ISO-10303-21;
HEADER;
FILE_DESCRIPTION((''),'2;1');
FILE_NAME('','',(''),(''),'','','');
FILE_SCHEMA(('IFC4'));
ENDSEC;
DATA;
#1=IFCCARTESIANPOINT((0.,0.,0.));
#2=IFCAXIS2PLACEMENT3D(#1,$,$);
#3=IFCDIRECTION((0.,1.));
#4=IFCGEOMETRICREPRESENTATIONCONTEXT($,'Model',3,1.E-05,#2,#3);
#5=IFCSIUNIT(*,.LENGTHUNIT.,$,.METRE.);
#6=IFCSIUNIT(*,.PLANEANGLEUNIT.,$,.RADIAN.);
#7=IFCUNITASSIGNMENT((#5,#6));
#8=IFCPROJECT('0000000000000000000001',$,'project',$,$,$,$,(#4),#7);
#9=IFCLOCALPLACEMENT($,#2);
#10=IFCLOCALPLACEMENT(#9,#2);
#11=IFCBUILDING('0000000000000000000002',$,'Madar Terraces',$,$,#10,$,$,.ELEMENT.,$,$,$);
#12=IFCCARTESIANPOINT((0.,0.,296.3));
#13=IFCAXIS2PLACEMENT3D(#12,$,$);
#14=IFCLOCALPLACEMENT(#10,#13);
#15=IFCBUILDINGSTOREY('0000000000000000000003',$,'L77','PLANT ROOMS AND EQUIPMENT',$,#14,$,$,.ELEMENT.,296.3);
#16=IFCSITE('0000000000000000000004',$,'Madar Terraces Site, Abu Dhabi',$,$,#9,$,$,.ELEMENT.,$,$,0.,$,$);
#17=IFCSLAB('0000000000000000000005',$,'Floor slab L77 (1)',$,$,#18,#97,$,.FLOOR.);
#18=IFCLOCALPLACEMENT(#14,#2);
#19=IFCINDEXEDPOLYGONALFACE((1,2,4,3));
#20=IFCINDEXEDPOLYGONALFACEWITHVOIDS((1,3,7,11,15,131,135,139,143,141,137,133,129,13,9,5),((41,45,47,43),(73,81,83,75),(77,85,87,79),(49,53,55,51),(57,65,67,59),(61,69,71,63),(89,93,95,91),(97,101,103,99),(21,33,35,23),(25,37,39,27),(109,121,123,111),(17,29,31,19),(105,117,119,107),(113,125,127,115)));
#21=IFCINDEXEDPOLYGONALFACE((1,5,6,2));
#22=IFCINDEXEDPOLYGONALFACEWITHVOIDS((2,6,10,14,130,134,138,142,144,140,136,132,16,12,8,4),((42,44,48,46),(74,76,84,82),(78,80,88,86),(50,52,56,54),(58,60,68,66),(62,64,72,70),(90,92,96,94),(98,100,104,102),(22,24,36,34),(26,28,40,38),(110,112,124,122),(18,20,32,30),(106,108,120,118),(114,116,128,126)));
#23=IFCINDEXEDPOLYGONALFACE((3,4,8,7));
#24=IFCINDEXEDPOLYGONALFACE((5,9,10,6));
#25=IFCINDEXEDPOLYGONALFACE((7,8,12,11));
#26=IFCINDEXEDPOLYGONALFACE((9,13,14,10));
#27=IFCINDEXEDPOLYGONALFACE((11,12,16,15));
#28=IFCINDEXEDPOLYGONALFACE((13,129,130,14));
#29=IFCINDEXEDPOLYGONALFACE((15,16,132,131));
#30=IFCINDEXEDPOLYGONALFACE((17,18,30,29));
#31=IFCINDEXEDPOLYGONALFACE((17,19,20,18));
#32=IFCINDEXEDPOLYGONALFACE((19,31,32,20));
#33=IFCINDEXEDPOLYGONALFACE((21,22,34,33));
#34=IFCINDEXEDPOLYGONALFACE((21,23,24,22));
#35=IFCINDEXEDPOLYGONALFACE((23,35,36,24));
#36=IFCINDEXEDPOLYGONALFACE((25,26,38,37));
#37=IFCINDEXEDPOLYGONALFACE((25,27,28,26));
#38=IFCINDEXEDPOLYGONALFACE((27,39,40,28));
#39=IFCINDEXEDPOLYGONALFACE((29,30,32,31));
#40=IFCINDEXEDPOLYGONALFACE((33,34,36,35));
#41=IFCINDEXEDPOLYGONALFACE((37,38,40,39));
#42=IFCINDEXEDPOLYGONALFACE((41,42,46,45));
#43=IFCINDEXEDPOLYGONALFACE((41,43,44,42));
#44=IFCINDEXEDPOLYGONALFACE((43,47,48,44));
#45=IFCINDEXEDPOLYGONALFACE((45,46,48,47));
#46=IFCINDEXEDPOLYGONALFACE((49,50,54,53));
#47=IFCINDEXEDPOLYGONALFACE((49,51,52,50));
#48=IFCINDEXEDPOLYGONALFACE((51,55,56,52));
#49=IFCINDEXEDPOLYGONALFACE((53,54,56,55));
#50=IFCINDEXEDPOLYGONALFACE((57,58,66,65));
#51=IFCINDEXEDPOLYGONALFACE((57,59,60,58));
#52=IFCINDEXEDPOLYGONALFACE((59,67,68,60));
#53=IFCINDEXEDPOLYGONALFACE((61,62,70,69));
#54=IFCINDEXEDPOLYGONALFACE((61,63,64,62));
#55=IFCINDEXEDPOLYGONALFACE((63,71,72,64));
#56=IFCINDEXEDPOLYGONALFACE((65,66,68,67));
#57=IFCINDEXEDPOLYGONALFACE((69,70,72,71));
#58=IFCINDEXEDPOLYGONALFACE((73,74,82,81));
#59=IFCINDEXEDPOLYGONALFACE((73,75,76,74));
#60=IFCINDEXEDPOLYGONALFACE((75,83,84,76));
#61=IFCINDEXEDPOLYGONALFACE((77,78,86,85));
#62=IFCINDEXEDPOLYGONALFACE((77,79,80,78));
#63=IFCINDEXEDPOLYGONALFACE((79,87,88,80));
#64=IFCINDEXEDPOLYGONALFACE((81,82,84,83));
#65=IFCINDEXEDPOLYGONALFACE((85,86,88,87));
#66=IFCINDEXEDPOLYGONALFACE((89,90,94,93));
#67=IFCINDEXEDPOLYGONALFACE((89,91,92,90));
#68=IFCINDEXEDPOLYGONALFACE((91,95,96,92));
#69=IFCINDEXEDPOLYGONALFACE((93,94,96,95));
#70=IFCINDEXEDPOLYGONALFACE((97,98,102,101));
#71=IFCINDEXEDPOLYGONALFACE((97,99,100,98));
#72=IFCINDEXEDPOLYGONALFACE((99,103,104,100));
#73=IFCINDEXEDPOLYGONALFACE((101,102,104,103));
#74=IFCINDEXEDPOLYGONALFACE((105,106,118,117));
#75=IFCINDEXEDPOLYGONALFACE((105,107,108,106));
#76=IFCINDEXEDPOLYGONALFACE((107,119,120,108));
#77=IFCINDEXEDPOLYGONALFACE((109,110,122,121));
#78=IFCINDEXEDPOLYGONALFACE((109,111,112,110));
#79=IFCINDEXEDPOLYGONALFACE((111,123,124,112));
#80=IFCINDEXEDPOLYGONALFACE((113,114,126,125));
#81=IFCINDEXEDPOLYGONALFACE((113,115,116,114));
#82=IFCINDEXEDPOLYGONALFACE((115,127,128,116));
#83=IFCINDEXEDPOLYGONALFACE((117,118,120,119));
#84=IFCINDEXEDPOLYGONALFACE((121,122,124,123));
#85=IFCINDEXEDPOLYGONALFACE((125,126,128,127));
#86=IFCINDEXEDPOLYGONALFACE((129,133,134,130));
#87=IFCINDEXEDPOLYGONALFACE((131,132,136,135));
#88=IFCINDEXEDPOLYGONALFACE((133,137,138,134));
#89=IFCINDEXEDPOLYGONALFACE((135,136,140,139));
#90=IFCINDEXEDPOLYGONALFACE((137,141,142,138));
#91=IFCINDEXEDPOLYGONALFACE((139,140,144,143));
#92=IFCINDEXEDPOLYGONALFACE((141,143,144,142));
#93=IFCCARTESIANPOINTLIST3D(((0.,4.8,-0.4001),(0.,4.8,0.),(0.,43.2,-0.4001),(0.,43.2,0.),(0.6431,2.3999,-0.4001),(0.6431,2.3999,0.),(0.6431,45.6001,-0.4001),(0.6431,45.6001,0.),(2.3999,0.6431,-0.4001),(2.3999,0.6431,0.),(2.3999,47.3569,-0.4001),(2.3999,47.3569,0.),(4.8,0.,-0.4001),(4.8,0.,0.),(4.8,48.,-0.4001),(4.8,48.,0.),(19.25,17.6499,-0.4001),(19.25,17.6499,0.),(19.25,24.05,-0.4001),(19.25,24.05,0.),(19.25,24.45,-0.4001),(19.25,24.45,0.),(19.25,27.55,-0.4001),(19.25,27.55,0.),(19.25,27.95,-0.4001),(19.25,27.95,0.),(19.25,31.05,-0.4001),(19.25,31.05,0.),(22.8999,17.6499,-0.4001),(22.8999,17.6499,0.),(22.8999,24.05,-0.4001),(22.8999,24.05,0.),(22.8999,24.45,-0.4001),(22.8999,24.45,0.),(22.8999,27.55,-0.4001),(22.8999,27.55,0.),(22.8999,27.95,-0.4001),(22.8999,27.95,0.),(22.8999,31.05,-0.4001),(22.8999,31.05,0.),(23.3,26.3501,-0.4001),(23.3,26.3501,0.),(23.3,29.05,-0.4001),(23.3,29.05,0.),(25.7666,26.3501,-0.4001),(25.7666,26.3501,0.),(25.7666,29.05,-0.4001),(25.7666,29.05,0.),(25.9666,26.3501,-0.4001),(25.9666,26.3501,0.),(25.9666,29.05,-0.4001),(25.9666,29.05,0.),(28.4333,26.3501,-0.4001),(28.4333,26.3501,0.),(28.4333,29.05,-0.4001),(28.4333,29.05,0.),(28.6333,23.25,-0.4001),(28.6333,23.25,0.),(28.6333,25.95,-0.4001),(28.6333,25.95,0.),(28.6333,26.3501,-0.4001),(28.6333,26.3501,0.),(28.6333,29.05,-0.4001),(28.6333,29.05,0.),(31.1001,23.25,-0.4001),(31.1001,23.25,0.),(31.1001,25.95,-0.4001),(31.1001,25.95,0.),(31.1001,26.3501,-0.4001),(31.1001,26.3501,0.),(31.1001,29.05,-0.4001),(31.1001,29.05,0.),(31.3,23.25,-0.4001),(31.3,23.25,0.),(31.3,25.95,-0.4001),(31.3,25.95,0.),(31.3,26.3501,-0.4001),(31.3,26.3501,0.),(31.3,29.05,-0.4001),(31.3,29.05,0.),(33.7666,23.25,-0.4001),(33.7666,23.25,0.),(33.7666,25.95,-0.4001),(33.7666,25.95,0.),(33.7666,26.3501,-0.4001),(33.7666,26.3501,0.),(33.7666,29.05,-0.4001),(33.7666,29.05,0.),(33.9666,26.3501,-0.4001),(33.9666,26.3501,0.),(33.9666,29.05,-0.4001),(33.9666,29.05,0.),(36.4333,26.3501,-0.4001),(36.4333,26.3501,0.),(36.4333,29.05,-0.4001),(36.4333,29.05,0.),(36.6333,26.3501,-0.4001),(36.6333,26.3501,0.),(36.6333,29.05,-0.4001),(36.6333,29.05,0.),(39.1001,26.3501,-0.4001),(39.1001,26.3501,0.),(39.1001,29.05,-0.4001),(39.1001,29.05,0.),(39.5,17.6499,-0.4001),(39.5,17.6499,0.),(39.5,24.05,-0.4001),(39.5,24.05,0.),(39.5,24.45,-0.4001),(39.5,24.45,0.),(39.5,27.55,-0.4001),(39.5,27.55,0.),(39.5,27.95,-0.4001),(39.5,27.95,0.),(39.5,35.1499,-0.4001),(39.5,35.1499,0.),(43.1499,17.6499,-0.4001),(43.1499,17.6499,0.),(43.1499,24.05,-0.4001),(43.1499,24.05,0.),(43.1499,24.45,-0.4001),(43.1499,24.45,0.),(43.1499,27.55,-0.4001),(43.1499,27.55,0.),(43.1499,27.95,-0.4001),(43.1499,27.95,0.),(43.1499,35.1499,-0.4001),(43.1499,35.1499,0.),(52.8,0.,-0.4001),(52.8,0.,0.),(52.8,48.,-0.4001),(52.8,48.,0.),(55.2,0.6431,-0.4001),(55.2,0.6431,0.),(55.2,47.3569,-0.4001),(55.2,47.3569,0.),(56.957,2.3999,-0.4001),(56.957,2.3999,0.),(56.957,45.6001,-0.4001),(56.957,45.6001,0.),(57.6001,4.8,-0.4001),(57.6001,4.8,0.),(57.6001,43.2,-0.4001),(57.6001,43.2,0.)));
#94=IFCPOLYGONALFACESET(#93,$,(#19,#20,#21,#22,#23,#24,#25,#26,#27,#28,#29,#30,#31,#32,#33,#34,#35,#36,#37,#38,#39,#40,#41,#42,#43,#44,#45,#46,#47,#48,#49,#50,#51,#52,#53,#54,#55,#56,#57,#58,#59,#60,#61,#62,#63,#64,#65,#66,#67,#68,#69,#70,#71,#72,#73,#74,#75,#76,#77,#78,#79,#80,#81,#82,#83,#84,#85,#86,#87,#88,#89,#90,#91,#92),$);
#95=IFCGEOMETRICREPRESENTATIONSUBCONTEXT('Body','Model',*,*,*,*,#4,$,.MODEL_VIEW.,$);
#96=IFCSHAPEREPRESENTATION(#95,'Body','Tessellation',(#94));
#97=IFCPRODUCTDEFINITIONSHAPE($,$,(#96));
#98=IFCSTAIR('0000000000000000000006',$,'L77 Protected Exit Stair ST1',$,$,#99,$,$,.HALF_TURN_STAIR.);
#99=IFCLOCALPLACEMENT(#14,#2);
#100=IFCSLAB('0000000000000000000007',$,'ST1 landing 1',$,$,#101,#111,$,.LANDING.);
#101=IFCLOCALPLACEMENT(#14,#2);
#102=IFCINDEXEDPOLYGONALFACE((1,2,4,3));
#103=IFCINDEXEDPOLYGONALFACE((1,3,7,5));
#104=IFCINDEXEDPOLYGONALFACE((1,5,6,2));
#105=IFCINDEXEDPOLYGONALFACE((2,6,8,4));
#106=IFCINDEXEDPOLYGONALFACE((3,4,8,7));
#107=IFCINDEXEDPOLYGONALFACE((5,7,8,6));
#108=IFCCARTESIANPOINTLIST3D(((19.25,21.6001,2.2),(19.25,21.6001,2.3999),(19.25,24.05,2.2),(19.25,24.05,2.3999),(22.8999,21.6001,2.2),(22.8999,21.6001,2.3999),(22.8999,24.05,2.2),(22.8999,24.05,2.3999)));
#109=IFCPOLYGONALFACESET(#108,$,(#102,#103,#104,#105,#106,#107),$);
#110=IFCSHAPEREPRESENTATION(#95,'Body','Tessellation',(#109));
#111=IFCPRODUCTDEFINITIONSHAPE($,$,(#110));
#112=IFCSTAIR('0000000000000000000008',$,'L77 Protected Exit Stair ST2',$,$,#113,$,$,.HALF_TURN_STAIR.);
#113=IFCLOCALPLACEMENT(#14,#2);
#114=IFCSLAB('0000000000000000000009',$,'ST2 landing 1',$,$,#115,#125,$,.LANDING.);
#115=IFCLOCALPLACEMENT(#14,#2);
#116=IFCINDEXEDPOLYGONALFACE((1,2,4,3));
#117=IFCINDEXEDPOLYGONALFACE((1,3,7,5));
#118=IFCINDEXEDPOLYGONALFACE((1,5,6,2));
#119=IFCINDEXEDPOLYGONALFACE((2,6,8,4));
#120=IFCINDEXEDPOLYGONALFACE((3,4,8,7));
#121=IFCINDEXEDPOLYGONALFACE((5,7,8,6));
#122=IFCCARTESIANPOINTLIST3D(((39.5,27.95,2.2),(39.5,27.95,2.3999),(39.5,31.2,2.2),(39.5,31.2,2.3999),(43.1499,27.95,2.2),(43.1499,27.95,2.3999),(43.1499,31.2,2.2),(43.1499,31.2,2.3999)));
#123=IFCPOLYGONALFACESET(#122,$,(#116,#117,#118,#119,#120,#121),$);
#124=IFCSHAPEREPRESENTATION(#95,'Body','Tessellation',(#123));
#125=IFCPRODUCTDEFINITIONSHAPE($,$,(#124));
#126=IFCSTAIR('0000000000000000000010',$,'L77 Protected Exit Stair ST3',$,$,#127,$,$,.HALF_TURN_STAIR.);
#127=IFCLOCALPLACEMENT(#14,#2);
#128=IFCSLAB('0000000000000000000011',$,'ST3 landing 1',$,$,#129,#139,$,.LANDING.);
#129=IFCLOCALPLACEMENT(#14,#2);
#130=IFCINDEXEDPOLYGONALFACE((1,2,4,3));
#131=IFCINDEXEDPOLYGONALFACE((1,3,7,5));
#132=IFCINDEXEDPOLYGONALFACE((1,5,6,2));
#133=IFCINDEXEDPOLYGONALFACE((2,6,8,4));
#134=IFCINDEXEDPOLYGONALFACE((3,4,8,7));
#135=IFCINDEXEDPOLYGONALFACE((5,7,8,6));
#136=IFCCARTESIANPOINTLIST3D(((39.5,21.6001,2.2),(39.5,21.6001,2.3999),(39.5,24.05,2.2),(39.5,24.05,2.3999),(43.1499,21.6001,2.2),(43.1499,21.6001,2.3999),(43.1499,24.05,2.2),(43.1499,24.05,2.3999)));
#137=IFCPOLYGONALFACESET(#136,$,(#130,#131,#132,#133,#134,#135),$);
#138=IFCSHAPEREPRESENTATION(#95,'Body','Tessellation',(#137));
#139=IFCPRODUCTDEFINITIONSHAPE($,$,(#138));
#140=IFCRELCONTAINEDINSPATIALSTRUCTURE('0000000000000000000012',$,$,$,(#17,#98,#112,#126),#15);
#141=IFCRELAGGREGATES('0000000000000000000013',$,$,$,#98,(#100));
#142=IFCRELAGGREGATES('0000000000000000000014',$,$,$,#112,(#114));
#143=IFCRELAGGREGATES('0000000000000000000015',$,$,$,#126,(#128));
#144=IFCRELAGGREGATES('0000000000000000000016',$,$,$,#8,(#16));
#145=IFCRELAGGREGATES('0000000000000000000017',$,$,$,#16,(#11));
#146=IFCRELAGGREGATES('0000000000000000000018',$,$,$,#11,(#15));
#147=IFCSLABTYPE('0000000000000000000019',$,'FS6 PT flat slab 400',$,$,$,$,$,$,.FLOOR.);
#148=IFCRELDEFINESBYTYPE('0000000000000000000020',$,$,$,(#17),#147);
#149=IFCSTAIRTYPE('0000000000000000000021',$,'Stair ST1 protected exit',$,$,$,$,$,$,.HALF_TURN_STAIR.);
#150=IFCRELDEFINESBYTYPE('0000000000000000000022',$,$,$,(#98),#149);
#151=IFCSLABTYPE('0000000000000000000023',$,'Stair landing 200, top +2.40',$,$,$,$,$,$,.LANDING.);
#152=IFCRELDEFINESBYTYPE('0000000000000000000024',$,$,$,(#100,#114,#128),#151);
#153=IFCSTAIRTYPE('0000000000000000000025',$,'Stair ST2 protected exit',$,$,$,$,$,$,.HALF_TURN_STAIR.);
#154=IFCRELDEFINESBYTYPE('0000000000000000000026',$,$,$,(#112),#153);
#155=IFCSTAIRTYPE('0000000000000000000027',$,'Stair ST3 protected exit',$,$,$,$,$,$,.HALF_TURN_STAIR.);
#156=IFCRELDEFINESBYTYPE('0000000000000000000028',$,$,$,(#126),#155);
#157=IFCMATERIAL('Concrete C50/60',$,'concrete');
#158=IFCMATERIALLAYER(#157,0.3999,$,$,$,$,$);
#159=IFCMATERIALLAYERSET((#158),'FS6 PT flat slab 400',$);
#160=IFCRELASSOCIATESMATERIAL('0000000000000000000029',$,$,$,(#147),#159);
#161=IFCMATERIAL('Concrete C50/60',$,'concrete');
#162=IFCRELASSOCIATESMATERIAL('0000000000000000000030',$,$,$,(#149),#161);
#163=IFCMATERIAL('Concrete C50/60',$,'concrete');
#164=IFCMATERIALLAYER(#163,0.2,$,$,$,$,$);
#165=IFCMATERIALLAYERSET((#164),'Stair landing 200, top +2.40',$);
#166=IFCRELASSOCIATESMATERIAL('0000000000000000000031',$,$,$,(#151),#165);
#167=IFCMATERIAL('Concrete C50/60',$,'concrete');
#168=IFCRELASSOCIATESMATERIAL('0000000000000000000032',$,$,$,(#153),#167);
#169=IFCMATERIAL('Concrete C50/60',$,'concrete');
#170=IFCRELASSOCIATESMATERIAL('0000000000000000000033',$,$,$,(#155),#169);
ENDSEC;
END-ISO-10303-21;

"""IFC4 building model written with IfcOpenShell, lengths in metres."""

from ifc_helpers import new_model, si_unit, direction, frame, origin, place, context, subcontext, project, spatial, polyline, outline, extrude, material, layer, layer_set, type_object, element, aggregate, save


model = new_model("IFC4")

# Units and contexts
model_context = context("Model", 3, precision=1e-05, world=origin(), true_north=direction((0.0, 1.0)))
body_context = subcontext(model_context, "Body", "Model", "MODEL_VIEW")
ifc_project = project(units=[si_unit("LENGTHUNIT", "METRE"), si_unit("PLANEANGLEUNIT", "RADIAN")], contexts=[model_context])

# Site, building, storey
site_placement = place(None, origin())
site = spatial("IfcSite", under=ifc_project, at=site_placement, Name="Madar Terraces Site, Abu Dhabi", CompositionType="ELEMENT", RefElevation=0.0)
building_placement = place(site_placement, origin())
building = spatial("IfcBuilding", under=site, at=building_placement, Name="Madar Terraces", CompositionType="ELEMENT")
storey_placement = place(building_placement, frame((0.0, 0.0, 296.3)))
storey = spatial("IfcBuildingStorey", under=building, at=storey_placement, Name="L77", Description="PLANT ROOMS AND EQUIPMENT", CompositionType="ELEMENT", Elevation=296.3)

# Slab
ifc_material_1 = material(Name="Concrete C50/60", Category="concrete")
ifc_layer_1 = layer(ifc_material_1, 0.3999)
ifc_layer_set_1 = layer_set([ifc_layer_1], Name="FS6 PT flat slab 400")
slab_type_1 = type_object("IfcSlabType", Name="FS6 PT flat slab 400", PredefinedType="FLOOR", material=ifc_layer_set_1)
slab_1_placement = place(storey_placement, frame((0.0, 0.0, -0.4001)))
element("IfcSlab", 1, at=slab_1_placement, inside=storey, type_object=slab_type_1, Name="Floor slab L77 (1)", PredefinedType="FLOOR", context=body_context, shape_type="SweptSolid", body=[
    extrude(outline(polyline([(52.8, 0.0), (55.2, 0.6431), (56.957, 2.3999), (57.6001, 4.8), (57.6001, 43.2), (56.957, 45.6001), (55.2, 47.3569), (52.8, 48.0), (4.8, 48.0), (2.3999, 47.3569), (0.6431, 45.6001), (0.0, 43.2), (0.0, 4.8), (0.6431, 2.3999), (2.3999, 0.6431), (4.8, 0.0), (52.8, 0.0)]), holes=[polyline([(22.8999, 17.6499), (19.25, 17.6499), (19.25, 24.05), (22.8999, 24.05), (22.8999, 17.6499)]), polyline([(28.6333, 23.25), (28.6333, 25.95), (31.1001, 25.95), (31.1001, 23.25), (28.6333, 23.25)]), polyline([(19.25, 24.45), (19.25, 27.55), (22.8999, 27.55), (22.8999, 24.45), (19.25, 24.45)]), polyline([(23.3, 26.3501), (23.3, 29.05), (25.7666, 29.05), (25.7666, 26.3501), (23.3, 26.3501)]), polyline([(25.9666, 26.3501), (25.9666, 29.05), (28.4333, 29.05), (28.4333, 26.3501), (25.9666, 26.3501)]), polyline([(28.6333, 26.3501), (28.6333, 29.05), (31.1001, 29.05), (31.1001, 26.3501), (28.6333, 26.3501)]), polyline([(19.25, 27.95), (19.25, 31.05), (22.8999, 31.05), (22.8999, 27.95), (19.25, 27.95)]), polyline([(43.1499, 17.6499), (39.5, 17.6499), (39.5, 24.05), (43.1499, 24.05), (43.1499, 17.6499)]), polyline([(31.3, 23.25), (31.3, 25.95), (33.7666, 25.95), (33.7666, 23.25), (31.3, 23.25)]), polyline([(39.5, 24.45), (39.5, 27.55), (43.1499, 27.55), (43.1499, 24.45), (39.5, 24.45)]), polyline([(31.3, 26.3501), (31.3, 29.05), (33.7666, 29.05), (33.7666, 26.3501), (31.3, 26.3501)]), polyline([(33.9666, 26.3501), (33.9666, 29.05), (36.4333, 29.05), (36.4333, 26.3501), (33.9666, 26.3501)]), polyline([(36.6333, 26.3501), (36.6333, 29.05), (39.1001, 29.05), (39.1001, 26.3501), (36.6333, 26.3501)]), polyline([(39.5, 27.95), (39.5, 35.1499), (43.1499, 35.1499), (43.1499, 27.95), (39.5, 27.95)])]), origin(), (0.0, 0.0, 1.0), 0.4001),
])

# Stairs, slabs
ifc_material_2 = material(Name="Concrete C50/60", Category="concrete")
stair_type_1 = type_object("IfcStairType", Name="Stair ST1 protected exit", PredefinedType="HALF_TURN_STAIR", material=ifc_material_2)
stair_1_placement = place(storey_placement, origin())
stair_1 = element("IfcStair", 2, at=stair_1_placement, inside=storey, type_object=stair_type_1, Name="L77 Protected Exit Stair ST1", PredefinedType="HALF_TURN_STAIR")
ifc_material_3 = material(Name="Concrete C50/60", Category="concrete")
ifc_layer_2 = layer(ifc_material_3, 0.2)
ifc_layer_set_2 = layer_set([ifc_layer_2], Name="Stair landing 200, top +2.40")
slab_type_2 = type_object("IfcSlabType", Name="Stair landing 200, top +2.40", PredefinedType="LANDING", material=ifc_layer_set_2)
slab_2_placement = place(storey_placement, frame((0.0, 0.0, 2.2)))
slab_2 = element("IfcSlab", 3, at=slab_2_placement, type_object=slab_type_2, Name="ST1 landing 1", PredefinedType="LANDING", context=body_context, shape_type="SweptSolid", body=[
    extrude(outline(polyline([(19.25, 21.6001), (22.8999, 21.6001), (22.8999, 24.05), (19.25, 24.05), (19.25, 21.6001)])), origin(), (0.0, 0.0, 1.0), 0.2),
])
aggregate(stair_1, [slab_2])
ifc_material_4 = material(Name="Concrete C50/60", Category="concrete")
stair_type_2 = type_object("IfcStairType", Name="Stair ST2 protected exit", PredefinedType="HALF_TURN_STAIR", material=ifc_material_4)
stair_2_placement = place(storey_placement, origin())
stair_2 = element("IfcStair", 4, at=stair_2_placement, inside=storey, type_object=stair_type_2, Name="L77 Protected Exit Stair ST2", PredefinedType="HALF_TURN_STAIR")
slab_3_placement = place(storey_placement, frame((0.0, 0.0, 2.2)))
slab_3 = element("IfcSlab", 5, at=slab_3_placement, type_object=slab_type_2, Name="ST2 landing 1", PredefinedType="LANDING", context=body_context, shape_type="SweptSolid", body=[
    extrude(outline(polyline([(39.5, 27.95), (43.1499, 27.95), (43.1499, 31.2), (39.5, 31.2), (39.5, 27.95)])), origin(), (0.0, 0.0, 1.0), 0.2),
])
aggregate(stair_2, [slab_3])
ifc_material_5 = material(Name="Concrete C50/60", Category="concrete")
stair_type_3 = type_object("IfcStairType", Name="Stair ST3 protected exit", PredefinedType="HALF_TURN_STAIR", material=ifc_material_5)
stair_3_placement = place(storey_placement, origin())
stair_3 = element("IfcStair", 6, at=stair_3_placement, inside=storey, type_object=stair_type_3, Name="L77 Protected Exit Stair ST3", PredefinedType="HALF_TURN_STAIR")
slab_4_placement = place(storey_placement, frame((0.0, 0.0, 2.2)))
slab_4 = element("IfcSlab", 7, at=slab_4_placement, type_object=slab_type_2, Name="ST3 landing 1", PredefinedType="LANDING", context=body_context, shape_type="SweptSolid", body=[
    extrude(outline(polyline([(39.5, 21.6001), (43.1499, 21.6001), (43.1499, 24.05), (39.5, 24.05), (39.5, 21.6001)])), origin(), (0.0, 0.0, 1.0), 0.2),
])
aggregate(stair_3, [slab_4])

save(model, "model.ifc")
